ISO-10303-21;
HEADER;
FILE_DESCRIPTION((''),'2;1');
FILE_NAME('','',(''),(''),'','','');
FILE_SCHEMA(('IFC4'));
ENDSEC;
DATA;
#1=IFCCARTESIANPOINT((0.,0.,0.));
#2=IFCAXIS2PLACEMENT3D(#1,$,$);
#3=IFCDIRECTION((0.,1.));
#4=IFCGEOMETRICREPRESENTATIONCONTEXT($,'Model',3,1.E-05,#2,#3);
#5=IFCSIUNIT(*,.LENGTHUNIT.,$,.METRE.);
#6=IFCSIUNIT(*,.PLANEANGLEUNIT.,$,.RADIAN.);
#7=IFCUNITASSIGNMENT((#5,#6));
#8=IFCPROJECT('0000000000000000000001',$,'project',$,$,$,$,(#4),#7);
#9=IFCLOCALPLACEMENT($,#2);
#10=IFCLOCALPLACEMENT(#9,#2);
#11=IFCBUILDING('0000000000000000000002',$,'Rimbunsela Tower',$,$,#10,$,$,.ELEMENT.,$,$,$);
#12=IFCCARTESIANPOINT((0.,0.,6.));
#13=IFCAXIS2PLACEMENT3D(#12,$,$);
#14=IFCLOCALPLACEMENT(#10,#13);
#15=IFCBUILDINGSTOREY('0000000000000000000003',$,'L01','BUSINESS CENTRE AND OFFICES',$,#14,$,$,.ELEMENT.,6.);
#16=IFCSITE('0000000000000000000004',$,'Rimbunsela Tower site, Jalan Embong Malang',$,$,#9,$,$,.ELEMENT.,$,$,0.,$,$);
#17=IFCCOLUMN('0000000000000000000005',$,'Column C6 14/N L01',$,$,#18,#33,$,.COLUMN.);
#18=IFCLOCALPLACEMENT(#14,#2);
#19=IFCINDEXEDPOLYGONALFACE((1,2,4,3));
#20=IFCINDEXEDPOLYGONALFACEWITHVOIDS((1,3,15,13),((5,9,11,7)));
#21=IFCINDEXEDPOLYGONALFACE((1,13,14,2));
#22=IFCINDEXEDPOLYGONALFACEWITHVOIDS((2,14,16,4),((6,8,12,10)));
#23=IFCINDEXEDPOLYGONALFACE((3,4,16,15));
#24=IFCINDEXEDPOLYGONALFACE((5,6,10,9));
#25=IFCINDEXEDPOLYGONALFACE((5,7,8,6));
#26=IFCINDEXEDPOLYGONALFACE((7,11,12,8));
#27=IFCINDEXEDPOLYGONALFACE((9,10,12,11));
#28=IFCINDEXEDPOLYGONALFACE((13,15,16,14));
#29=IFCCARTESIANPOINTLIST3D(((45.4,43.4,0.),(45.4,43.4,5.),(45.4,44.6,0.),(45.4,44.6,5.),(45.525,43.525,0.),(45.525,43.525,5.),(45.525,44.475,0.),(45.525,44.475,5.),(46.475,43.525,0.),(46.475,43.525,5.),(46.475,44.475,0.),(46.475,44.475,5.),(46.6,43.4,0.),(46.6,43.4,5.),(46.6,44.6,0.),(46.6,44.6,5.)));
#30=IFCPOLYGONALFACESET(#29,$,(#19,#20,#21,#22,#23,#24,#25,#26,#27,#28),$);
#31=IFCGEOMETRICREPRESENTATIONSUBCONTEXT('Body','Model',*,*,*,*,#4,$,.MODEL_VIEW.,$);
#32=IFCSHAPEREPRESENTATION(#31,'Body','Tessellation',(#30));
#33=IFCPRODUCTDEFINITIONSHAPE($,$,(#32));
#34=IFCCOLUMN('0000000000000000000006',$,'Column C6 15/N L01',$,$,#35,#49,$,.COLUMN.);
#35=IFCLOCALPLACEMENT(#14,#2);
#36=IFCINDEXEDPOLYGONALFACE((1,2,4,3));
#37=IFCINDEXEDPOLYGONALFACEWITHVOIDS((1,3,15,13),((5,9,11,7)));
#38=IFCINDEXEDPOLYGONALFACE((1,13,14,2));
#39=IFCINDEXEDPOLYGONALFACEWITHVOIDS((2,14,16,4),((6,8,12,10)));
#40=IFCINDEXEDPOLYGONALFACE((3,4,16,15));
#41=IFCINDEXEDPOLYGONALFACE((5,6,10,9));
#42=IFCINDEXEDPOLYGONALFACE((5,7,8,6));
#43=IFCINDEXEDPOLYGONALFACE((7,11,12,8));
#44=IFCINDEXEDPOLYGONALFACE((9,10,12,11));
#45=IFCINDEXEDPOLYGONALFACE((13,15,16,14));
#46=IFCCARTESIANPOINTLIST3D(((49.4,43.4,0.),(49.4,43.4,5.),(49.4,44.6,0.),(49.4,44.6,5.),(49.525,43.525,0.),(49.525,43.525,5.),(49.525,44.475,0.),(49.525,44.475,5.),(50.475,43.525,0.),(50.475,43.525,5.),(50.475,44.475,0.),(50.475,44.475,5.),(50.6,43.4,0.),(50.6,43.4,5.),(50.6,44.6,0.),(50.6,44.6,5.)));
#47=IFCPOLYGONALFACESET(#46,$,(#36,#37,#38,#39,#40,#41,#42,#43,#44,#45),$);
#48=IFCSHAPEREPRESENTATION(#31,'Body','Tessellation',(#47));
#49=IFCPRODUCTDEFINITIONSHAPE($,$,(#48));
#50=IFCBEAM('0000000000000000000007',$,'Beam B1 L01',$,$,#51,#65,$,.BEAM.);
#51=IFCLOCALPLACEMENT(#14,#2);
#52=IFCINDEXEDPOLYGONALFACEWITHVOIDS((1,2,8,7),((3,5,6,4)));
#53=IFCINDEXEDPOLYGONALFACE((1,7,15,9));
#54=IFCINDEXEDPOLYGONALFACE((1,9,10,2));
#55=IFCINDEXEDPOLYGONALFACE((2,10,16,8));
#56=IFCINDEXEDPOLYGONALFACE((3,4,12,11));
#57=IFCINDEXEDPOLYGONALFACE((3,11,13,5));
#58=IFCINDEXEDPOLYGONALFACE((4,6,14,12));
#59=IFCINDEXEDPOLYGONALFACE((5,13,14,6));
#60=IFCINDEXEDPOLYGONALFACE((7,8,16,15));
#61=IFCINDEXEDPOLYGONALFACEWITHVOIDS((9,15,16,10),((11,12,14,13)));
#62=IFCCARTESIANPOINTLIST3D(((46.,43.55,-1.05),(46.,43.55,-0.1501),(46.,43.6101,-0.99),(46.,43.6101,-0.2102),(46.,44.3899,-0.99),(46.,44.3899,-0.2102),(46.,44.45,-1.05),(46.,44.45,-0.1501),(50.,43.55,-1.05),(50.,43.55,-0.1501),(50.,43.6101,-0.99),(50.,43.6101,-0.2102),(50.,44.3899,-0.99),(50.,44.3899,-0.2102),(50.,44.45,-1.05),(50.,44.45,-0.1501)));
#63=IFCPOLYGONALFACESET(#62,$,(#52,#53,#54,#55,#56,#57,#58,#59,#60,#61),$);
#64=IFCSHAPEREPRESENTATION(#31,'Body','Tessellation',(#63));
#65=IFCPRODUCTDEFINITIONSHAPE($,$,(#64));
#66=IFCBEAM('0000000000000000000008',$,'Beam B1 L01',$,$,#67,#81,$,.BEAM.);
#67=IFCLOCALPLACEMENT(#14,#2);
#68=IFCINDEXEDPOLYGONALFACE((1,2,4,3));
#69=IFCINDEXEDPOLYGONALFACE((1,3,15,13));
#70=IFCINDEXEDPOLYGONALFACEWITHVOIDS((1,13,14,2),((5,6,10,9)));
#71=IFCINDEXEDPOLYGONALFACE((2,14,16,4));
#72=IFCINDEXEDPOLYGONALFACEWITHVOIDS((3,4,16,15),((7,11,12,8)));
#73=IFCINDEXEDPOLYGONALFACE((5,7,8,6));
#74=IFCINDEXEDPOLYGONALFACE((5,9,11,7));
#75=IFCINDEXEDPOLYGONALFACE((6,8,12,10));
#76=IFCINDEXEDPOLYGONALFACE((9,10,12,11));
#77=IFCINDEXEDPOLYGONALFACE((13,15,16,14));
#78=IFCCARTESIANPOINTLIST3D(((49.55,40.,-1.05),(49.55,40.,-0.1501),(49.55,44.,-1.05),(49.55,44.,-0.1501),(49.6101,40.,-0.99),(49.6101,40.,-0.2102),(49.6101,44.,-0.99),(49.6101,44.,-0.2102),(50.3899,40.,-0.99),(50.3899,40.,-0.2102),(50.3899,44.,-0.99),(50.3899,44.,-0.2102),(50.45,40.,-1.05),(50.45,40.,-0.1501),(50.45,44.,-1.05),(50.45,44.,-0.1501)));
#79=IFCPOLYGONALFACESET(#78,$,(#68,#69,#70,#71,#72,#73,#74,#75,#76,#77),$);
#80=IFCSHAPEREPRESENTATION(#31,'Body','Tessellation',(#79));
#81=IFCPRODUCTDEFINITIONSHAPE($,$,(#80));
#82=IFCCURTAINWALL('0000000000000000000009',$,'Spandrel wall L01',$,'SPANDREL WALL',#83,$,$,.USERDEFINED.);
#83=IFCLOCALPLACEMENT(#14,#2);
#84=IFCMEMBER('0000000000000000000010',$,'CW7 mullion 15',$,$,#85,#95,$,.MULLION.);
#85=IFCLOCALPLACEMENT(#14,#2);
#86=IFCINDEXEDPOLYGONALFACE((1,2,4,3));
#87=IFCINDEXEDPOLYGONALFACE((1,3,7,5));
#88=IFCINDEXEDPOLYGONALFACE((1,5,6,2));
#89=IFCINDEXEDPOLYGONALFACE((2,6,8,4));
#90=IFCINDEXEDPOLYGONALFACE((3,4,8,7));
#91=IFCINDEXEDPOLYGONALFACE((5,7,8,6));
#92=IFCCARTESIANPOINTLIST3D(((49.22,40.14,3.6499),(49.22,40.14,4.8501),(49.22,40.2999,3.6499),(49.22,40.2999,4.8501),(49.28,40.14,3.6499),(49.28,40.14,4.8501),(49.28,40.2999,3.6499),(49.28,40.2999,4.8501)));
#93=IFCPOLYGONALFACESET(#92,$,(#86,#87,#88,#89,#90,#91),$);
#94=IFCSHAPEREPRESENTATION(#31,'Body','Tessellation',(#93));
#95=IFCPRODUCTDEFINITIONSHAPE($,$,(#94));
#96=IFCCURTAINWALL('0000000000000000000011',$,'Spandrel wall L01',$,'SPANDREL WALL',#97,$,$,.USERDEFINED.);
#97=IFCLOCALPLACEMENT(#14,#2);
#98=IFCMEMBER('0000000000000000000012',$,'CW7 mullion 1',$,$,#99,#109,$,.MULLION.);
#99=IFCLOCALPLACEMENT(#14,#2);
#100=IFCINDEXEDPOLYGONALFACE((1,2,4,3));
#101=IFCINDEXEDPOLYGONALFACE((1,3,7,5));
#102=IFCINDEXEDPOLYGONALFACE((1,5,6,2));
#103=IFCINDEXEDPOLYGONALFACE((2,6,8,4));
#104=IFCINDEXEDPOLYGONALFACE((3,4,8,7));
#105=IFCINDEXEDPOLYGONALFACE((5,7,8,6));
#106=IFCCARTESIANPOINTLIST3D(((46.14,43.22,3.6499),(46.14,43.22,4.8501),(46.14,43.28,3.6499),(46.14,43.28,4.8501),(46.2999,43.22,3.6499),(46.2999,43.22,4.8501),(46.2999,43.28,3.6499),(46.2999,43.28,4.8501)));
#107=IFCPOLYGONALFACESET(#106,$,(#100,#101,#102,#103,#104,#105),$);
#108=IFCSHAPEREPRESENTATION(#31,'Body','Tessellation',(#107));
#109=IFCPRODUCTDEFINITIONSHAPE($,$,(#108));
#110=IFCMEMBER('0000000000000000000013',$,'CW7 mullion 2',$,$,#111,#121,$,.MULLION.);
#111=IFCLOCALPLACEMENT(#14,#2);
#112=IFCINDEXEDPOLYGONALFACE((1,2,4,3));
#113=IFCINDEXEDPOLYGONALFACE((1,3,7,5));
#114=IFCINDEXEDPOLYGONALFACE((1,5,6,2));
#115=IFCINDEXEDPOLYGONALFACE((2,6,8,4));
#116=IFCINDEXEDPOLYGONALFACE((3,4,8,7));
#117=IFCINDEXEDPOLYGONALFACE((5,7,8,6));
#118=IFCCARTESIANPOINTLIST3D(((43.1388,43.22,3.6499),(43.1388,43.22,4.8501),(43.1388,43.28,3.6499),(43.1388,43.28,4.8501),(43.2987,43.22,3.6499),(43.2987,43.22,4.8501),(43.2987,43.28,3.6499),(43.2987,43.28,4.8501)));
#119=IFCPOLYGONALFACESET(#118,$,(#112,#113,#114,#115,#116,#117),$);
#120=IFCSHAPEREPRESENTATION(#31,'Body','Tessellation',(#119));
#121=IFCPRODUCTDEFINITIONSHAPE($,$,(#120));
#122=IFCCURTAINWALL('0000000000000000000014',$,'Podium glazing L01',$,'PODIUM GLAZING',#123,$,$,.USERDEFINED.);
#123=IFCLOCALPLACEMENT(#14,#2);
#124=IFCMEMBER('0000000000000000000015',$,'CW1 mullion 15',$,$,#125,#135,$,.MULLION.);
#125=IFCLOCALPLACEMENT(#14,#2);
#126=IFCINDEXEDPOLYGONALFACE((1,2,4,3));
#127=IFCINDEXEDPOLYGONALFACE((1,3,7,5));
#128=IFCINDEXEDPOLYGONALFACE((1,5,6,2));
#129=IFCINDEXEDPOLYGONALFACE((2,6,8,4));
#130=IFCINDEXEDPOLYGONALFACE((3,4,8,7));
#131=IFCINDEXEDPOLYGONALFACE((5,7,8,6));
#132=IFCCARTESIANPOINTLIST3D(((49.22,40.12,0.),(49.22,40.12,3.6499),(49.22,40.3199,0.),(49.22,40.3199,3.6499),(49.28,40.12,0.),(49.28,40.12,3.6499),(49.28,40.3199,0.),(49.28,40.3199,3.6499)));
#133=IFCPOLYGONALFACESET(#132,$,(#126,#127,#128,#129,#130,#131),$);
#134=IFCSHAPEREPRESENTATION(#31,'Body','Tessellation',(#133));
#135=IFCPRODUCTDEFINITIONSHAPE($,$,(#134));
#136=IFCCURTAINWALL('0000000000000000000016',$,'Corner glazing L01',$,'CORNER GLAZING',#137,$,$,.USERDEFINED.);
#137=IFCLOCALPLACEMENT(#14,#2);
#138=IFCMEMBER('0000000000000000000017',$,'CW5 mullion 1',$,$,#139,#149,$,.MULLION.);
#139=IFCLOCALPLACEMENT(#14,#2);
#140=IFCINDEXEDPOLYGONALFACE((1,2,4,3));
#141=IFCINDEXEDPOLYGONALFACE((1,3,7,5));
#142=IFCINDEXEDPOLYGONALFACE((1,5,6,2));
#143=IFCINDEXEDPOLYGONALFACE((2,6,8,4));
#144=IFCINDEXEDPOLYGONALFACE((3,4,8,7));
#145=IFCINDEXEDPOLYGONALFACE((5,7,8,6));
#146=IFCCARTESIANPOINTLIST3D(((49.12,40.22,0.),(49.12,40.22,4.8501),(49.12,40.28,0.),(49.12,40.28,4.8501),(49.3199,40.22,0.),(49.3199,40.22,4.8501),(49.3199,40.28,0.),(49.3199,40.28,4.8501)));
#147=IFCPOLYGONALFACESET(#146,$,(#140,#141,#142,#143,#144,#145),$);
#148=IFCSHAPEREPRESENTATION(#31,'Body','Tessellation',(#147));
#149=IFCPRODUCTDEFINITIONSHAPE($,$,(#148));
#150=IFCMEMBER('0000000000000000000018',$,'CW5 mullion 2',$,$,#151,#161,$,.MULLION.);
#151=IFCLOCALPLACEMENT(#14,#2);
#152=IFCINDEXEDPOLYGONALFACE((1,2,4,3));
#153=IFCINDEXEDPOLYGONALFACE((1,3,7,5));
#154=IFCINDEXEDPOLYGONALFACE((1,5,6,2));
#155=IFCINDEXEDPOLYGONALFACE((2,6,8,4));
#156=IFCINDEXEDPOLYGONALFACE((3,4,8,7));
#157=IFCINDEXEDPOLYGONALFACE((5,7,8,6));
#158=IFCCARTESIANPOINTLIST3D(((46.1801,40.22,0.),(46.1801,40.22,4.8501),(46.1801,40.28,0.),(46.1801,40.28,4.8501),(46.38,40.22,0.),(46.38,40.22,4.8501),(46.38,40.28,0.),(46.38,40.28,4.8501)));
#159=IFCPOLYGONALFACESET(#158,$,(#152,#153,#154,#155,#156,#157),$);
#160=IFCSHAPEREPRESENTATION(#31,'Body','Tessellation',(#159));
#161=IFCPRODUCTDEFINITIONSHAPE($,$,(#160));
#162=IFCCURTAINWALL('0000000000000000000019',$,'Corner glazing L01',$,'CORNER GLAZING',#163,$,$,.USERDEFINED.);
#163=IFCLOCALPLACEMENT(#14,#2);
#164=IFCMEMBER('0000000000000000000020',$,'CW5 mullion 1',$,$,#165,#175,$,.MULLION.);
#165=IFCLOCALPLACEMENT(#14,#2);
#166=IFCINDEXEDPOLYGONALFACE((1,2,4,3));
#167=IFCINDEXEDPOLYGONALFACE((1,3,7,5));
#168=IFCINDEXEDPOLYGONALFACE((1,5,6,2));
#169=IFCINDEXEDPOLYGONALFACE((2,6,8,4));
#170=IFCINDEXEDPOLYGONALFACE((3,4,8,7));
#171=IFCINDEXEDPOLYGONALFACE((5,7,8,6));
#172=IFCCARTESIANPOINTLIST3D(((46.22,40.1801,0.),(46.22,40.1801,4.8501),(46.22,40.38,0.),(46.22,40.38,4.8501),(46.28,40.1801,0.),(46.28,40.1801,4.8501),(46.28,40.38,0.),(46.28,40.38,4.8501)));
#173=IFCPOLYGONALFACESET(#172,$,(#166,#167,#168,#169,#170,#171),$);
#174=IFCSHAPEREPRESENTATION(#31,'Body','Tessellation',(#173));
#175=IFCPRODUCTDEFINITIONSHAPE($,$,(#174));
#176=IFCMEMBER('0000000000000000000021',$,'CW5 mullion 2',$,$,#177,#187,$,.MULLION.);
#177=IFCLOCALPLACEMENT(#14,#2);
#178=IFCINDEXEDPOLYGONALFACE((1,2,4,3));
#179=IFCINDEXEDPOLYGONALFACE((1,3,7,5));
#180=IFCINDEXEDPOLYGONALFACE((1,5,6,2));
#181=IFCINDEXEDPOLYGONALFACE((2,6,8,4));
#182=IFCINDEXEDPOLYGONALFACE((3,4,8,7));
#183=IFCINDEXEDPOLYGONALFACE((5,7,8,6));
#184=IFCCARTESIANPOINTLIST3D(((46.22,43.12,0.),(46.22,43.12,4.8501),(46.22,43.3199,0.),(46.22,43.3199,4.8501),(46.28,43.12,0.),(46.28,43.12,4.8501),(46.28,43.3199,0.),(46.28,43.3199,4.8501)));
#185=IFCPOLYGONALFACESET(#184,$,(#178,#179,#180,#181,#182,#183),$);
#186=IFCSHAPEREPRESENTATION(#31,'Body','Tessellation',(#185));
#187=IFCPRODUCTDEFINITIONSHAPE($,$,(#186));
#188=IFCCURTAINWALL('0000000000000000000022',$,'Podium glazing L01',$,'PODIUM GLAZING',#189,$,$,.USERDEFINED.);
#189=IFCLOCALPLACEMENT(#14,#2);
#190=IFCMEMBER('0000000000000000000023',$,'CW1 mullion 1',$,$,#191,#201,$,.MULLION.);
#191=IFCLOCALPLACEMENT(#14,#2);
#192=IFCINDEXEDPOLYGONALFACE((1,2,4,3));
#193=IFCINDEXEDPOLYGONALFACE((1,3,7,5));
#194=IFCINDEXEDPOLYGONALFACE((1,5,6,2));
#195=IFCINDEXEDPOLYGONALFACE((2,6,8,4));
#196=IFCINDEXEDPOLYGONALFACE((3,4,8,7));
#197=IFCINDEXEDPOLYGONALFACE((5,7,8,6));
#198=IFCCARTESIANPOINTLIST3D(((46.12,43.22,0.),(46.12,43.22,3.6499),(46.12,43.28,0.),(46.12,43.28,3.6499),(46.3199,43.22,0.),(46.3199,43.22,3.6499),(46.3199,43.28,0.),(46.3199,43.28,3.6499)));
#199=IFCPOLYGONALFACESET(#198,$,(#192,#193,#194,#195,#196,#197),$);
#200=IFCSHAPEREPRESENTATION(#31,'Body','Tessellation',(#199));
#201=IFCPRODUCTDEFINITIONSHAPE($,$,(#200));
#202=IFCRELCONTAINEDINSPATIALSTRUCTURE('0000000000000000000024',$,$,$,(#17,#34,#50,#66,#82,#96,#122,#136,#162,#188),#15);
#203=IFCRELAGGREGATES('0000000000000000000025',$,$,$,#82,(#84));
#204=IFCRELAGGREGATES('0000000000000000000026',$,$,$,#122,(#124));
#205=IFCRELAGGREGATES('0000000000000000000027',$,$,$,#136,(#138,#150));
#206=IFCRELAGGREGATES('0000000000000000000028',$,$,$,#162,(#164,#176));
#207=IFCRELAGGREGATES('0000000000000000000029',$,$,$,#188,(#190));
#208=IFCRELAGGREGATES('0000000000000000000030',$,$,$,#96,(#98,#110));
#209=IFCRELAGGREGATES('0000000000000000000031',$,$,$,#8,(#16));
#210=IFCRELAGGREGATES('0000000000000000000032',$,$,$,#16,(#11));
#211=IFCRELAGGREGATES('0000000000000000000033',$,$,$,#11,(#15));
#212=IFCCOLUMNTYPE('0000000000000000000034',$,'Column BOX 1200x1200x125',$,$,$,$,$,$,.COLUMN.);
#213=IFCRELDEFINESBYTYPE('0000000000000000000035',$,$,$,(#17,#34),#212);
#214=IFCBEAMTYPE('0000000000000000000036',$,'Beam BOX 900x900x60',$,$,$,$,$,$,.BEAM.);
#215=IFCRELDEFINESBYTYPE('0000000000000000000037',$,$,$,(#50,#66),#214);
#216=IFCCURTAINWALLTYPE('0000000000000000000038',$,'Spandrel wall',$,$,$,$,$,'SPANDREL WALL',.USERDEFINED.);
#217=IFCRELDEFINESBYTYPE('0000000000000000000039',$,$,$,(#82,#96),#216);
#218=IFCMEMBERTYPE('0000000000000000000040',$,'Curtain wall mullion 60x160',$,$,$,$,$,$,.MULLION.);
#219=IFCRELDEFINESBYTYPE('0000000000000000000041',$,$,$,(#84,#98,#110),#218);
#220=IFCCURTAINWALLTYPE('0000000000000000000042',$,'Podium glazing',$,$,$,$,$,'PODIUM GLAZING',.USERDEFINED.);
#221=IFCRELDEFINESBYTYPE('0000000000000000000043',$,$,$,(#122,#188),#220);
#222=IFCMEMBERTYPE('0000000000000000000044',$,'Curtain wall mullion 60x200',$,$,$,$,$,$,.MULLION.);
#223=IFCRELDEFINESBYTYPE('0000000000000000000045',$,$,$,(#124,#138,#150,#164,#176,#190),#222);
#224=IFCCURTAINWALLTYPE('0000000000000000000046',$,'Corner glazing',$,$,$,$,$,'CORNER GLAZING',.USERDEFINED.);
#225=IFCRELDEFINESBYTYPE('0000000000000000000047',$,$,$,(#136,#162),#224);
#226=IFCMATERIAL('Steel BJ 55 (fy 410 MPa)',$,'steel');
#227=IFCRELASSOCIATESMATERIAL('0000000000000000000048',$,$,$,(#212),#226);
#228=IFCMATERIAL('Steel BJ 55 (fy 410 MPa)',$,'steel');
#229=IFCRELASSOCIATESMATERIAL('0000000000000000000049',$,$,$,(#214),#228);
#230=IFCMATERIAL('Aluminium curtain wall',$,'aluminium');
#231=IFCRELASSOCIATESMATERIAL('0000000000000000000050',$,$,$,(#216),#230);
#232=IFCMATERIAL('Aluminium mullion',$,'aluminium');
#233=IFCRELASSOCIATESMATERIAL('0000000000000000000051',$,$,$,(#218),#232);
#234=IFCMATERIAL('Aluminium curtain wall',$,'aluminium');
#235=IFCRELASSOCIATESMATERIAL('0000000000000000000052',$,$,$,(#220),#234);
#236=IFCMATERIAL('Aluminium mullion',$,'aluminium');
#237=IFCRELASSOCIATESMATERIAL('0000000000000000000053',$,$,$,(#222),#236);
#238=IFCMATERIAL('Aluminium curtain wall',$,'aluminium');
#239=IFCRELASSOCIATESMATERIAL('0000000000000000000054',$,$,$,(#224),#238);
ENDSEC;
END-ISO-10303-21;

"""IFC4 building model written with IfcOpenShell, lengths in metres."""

from ifc_helpers import new_model, si_unit, direction, frame, origin, origin_2d, place, context, subcontext, project, spatial, rectangle, hollow_rectangle, extrude, material, material_profile, profile_set, type_object, element, aggregate, save


model = new_model("IFC4")

# Units and contexts
model_context = context("Model", 3, precision=1e-05, world=origin(), true_north=direction((0.0, 1.0)))
body_context = subcontext(model_context, "Body", "Model", "MODEL_VIEW")
ifc_project = project(units=[si_unit("LENGTHUNIT", "METRE"), si_unit("PLANEANGLEUNIT", "RADIAN")], contexts=[model_context])

# Site, building, storey
site_placement = place(None, origin())
site = spatial("IfcSite", under=ifc_project, at=site_placement, Name="Rimbunsela Tower site, Jalan Embong Malang", CompositionType="ELEMENT", RefElevation=0.0)
building_placement = place(site_placement, origin())
building = spatial("IfcBuilding", under=site, at=building_placement, Name="Rimbunsela Tower", CompositionType="ELEMENT")
storey_placement = place(building_placement, frame((0.0, 0.0, 6.0)))
storey = spatial("IfcBuildingStorey", under=building, at=storey_placement, Name="L01", Description="BUSINESS CENTRE AND OFFICES", CompositionType="ELEMENT", Elevation=6.0)

# Columns
ifc_material_1 = material(Name="Steel BJ 55 (fy 410 MPa)", Category="steel")
ifc_material_profile_1 = material_profile(ifc_material_1, hollow_rectangle(XDim=1.2, YDim=1.2, WallThickness=0.125, at=origin_2d()), Name="BOX 1200x1200x125")
ifc_profile_set_1 = profile_set([ifc_material_profile_1], Name="Steel BJ 55 (fy 410 MPa)")
column_type = type_object("IfcColumnType", Name="Column BOX 1200x1200x125", PredefinedType="COLUMN", material=ifc_profile_set_1)
for number, where, z_axis, x_axis, name in (
    (1, (46.0, 44.0, 0.0), (0.0, 0.0, 1.0), (1.0, 0.0, 0.0), "Column C6 14/N L01"),
    (2, (50.0, 44.0, 0.0), (0.0, 0.0, 1.0), (1.0, 0.0, 0.0), "Column C6 15/N L01"),
):
    element("IfcColumn", number, at=place(storey_placement, frame(where, z_axis=z_axis, x_axis=x_axis)), inside=storey, type_object=column_type, Name=name, PredefinedType="COLUMN", context=body_context, shape_type="SweptSolid", body=[
        extrude(hollow_rectangle(XDim=1.2, YDim=1.2, WallThickness=0.125, at=origin_2d()), origin(), (0.0, 0.0, 1.0), 5.0),
    ])

# Beams
ifc_material_2 = material(Name="Steel BJ 55 (fy 410 MPa)", Category="steel")
ifc_material_profile_2 = material_profile(ifc_material_2, hollow_rectangle(XDim=0.8999, YDim=0.8999, WallThickness=0.0601, at=origin_2d()), Name="BOX 900x900x60")
ifc_profile_set_2 = profile_set([ifc_material_profile_2], Name="Steel BJ 55 (fy 410 MPa)")
beam_type = type_object("IfcBeamType", Name="Beam BOX 900x900x60", PredefinedType="BEAM", material=ifc_profile_set_2)
for number, where, z_axis, x_axis, name in (
    (3, (46.0, 44.0, -0.6001), (1.0, 0.0, 0.0), (0.0, 1.0, 0.0), "Beam B1 L01"),
    (4, (50.0, 40.0, -0.6001), (0.0, 1.0, 0.0), (-1.0, 0.0, 0.0), "Beam B1 L01"),
):
    element("IfcBeam", number, at=place(storey_placement, frame(where, z_axis=z_axis, x_axis=x_axis)), inside=storey, type_object=beam_type, Name=name, PredefinedType="BEAM", context=body_context, shape_type="SweptSolid", body=[
        extrude(hollow_rectangle(XDim=0.8999, YDim=0.8999, WallThickness=0.0601, at=origin_2d()), origin(), (0.0, 0.0, 1.0), 4.0),
    ])

# Curtain wall, member
ifc_material_3 = material(Name="Aluminium curtain wall", Category="aluminium")
curtain_wall_type_1 = type_object("IfcCurtainWallType", Name="Spandrel wall", ElementType="SPANDREL WALL", PredefinedType="USERDEFINED", material=ifc_material_3)
curtain_wall_1_placement = place(storey_placement, origin())
curtain_wall_1 = element("IfcCurtainWall", 5, at=curtain_wall_1_placement, inside=storey, type_object=curtain_wall_type_1, Name="Spandrel wall L01", ObjectType="SPANDREL WALL", PredefinedType="USERDEFINED")
ifc_material_4 = material(Name="Aluminium mullion", Category="aluminium")
ifc_material_profile_3 = material_profile(ifc_material_4, rectangle(XDim=0.0601, YDim=0.1599, at=origin_2d()), Name="Mullion 60x160")
ifc_profile_set_3 = profile_set([ifc_material_profile_3], Name="Aluminium mullion")
member_type_1 = type_object("IfcMemberType", Name="Curtain wall mullion 60x160", PredefinedType="MULLION", material=ifc_profile_set_3)
member_1_placement = place(storey_placement, frame((49.25, 40.22, 3.6499), z_axis=(0.0, 0.0, 1.0), x_axis=(-1.0, 0.0, 0.0)))
member_1 = element("IfcMember", 6, at=member_1_placement, type_object=member_type_1, Name="CW7 mullion 15", PredefinedType="MULLION", context=body_context, shape_type="SweptSolid", body=[
    extrude(rectangle(XDim=0.0601, YDim=0.1599, at=origin_2d()), origin(), (0.0, 0.0, 1.0), 1.2002),
])
aggregate(curtain_wall_1, [member_1])

# Curtain wall, members
curtain_wall_2_placement = place(storey_placement, origin())
curtain_wall_2 = element("IfcCurtainWall", 7, at=curtain_wall_2_placement, inside=storey, type_object=curtain_wall_type_1, Name="Spandrel wall L01", ObjectType="SPANDREL WALL", PredefinedType="USERDEFINED")
member_2_placement = place(storey_placement, frame((46.22, 43.25, 3.6499), z_axis=(0.0, 0.0, 1.0), x_axis=(0.0, -1.0, 0.0)))
member_2 = element("IfcMember", 8, at=member_2_placement, type_object=member_type_1, Name="CW7 mullion 1", PredefinedType="MULLION", context=body_context, shape_type="SweptSolid", body=[
    extrude(rectangle(XDim=0.0601, YDim=0.1599, at=origin_2d()), origin(), (0.0, 0.0, 1.0), 1.2002),
])
member_3_placement = place(storey_placement, frame((43.2188, 43.25, 3.6499), z_axis=(0.0, 0.0, 1.0), x_axis=(0.0, -1.0, 0.0)))
member_3 = element("IfcMember", 9, at=member_3_placement, type_object=member_type_1, Name="CW7 mullion 2", PredefinedType="MULLION", context=body_context, shape_type="SweptSolid", body=[
    extrude(rectangle(XDim=0.0601, YDim=0.1599, at=origin_2d()), origin(), (0.0, 0.0, 1.0), 1.2002),
])

# Curtain wall, member
ifc_material_5 = material(Name="Aluminium curtain wall", Category="aluminium")
curtain_wall_type_2 = type_object("IfcCurtainWallType", Name="Podium glazing", ElementType="PODIUM GLAZING", PredefinedType="USERDEFINED", material=ifc_material_5)
curtain_wall_3_placement = place(storey_placement, origin())
curtain_wall_3 = element("IfcCurtainWall", 10, at=curtain_wall_3_placement, inside=storey, type_object=curtain_wall_type_2, Name="Podium glazing L01", ObjectType="PODIUM GLAZING", PredefinedType="USERDEFINED")
ifc_material_6 = material(Name="Aluminium mullion", Category="aluminium")
ifc_material_profile_4 = material_profile(ifc_material_6, rectangle(XDim=0.0601, YDim=0.2, at=origin_2d()), Name="Mullion 60x200")
ifc_profile_set_4 = profile_set([ifc_material_profile_4], Name="Aluminium mullion")
member_type_2 = type_object("IfcMemberType", Name="Curtain wall mullion 60x200", PredefinedType="MULLION", material=ifc_profile_set_4)
member_4_placement = place(storey_placement, frame((49.25, 40.22, 0.0), z_axis=(0.0, 0.0, 1.0), x_axis=(-1.0, 0.0, 0.0)))
member_4 = element("IfcMember", 11, at=member_4_placement, type_object=member_type_2, Name="CW1 mullion 15", PredefinedType="MULLION", context=body_context, shape_type="SweptSolid", body=[
    extrude(rectangle(XDim=0.0601, YDim=0.2, at=origin_2d()), origin(), (0.0, 0.0, 1.0), 3.6499),
])
aggregate(curtain_wall_3, [member_4])

# Curtain walls, members
ifc_material_7 = material(Name="Aluminium curtain wall", Category="aluminium")
curtain_wall_type_3 = type_object("IfcCurtainWallType", Name="Corner glazing", ElementType="CORNER GLAZING", PredefinedType="USERDEFINED", material=ifc_material_7)
curtain_wall_4_placement = place(storey_placement, origin())
curtain_wall_4 = element("IfcCurtainWall", 12, at=curtain_wall_4_placement, inside=storey, type_object=curtain_wall_type_3, Name="Corner glazing L01", ObjectType="CORNER GLAZING", PredefinedType="USERDEFINED")
member_5_placement = place(storey_placement, frame((49.22, 40.25, 0.0), z_axis=(0.0, 0.0, 1.0), x_axis=(0.0, -1.0, 0.0)))
member_5 = element("IfcMember", 13, at=member_5_placement, type_object=member_type_2, Name="CW5 mullion 1", PredefinedType="MULLION", context=body_context, shape_type="SweptSolid", body=[
    extrude(rectangle(XDim=0.0601, YDim=0.2, at=origin_2d()), origin(), (0.0, 0.0, 1.0), 4.8501),
])
member_6_placement = place(storey_placement, frame((46.28, 40.25, 0.0), z_axis=(0.0, 0.0, 1.0), x_axis=(0.0, -1.0, 0.0)))
member_6 = element("IfcMember", 14, at=member_6_placement, type_object=member_type_2, Name="CW5 mullion 2", PredefinedType="MULLION", context=body_context, shape_type="SweptSolid", body=[
    extrude(rectangle(XDim=0.0601, YDim=0.2, at=origin_2d()), origin(), (0.0, 0.0, 1.0), 4.8501),
])
curtain_wall_5_placement = place(storey_placement, origin())
curtain_wall_5 = element("IfcCurtainWall", 15, at=curtain_wall_5_placement, inside=storey, type_object=curtain_wall_type_3, Name="Corner glazing L01", ObjectType="CORNER GLAZING", PredefinedType="USERDEFINED")
member_7_placement = place(storey_placement, frame((46.25, 40.28, 0.0), z_axis=(0.0, 0.0, 1.0), x_axis=(-1.0, 0.0, 0.0)))
member_7 = element("IfcMember", 16, at=member_7_placement, type_object=member_type_2, Name="CW5 mullion 1", PredefinedType="MULLION", context=body_context, shape_type="SweptSolid", body=[
    extrude(rectangle(XDim=0.0601, YDim=0.2, at=origin_2d()), origin(), (0.0, 0.0, 1.0), 4.8501),
])
member_8_placement = place(storey_placement, frame((46.25, 43.22, 0.0), z_axis=(0.0, 0.0, 1.0), x_axis=(-1.0, 0.0, 0.0)))
member_8 = element("IfcMember", 17, at=member_8_placement, type_object=member_type_2, Name="CW5 mullion 2", PredefinedType="MULLION", context=body_context, shape_type="SweptSolid", body=[
    extrude(rectangle(XDim=0.0601, YDim=0.2, at=origin_2d()), origin(), (0.0, 0.0, 1.0), 4.8501),
])
curtain_wall_6_placement = place(storey_placement, origin())
curtain_wall_6 = element("IfcCurtainWall", 18, at=curtain_wall_6_placement, inside=storey, type_object=curtain_wall_type_2, Name="Podium glazing L01", ObjectType="PODIUM GLAZING", PredefinedType="USERDEFINED")
member_9_placement = place(storey_placement, frame((46.22, 43.25, 0.0), z_axis=(0.0, 0.0, 1.0), x_axis=(0.0, -1.0, 0.0)))
member_9 = element("IfcMember", 19, at=member_9_placement, type_object=member_type_2, Name="CW1 mullion 1", PredefinedType="MULLION", context=body_context, shape_type="SweptSolid", body=[
    extrude(rectangle(XDim=0.0601, YDim=0.2, at=origin_2d()), origin(), (0.0, 0.0, 1.0), 3.6499),
])

aggregate(curtain_wall_4, [member_5, member_6])
aggregate(curtain_wall_5, [member_7, member_8])
aggregate(curtain_wall_6, [member_9])
aggregate(curtain_wall_2, [member_2, member_3])

save(model, "model.ifc")
